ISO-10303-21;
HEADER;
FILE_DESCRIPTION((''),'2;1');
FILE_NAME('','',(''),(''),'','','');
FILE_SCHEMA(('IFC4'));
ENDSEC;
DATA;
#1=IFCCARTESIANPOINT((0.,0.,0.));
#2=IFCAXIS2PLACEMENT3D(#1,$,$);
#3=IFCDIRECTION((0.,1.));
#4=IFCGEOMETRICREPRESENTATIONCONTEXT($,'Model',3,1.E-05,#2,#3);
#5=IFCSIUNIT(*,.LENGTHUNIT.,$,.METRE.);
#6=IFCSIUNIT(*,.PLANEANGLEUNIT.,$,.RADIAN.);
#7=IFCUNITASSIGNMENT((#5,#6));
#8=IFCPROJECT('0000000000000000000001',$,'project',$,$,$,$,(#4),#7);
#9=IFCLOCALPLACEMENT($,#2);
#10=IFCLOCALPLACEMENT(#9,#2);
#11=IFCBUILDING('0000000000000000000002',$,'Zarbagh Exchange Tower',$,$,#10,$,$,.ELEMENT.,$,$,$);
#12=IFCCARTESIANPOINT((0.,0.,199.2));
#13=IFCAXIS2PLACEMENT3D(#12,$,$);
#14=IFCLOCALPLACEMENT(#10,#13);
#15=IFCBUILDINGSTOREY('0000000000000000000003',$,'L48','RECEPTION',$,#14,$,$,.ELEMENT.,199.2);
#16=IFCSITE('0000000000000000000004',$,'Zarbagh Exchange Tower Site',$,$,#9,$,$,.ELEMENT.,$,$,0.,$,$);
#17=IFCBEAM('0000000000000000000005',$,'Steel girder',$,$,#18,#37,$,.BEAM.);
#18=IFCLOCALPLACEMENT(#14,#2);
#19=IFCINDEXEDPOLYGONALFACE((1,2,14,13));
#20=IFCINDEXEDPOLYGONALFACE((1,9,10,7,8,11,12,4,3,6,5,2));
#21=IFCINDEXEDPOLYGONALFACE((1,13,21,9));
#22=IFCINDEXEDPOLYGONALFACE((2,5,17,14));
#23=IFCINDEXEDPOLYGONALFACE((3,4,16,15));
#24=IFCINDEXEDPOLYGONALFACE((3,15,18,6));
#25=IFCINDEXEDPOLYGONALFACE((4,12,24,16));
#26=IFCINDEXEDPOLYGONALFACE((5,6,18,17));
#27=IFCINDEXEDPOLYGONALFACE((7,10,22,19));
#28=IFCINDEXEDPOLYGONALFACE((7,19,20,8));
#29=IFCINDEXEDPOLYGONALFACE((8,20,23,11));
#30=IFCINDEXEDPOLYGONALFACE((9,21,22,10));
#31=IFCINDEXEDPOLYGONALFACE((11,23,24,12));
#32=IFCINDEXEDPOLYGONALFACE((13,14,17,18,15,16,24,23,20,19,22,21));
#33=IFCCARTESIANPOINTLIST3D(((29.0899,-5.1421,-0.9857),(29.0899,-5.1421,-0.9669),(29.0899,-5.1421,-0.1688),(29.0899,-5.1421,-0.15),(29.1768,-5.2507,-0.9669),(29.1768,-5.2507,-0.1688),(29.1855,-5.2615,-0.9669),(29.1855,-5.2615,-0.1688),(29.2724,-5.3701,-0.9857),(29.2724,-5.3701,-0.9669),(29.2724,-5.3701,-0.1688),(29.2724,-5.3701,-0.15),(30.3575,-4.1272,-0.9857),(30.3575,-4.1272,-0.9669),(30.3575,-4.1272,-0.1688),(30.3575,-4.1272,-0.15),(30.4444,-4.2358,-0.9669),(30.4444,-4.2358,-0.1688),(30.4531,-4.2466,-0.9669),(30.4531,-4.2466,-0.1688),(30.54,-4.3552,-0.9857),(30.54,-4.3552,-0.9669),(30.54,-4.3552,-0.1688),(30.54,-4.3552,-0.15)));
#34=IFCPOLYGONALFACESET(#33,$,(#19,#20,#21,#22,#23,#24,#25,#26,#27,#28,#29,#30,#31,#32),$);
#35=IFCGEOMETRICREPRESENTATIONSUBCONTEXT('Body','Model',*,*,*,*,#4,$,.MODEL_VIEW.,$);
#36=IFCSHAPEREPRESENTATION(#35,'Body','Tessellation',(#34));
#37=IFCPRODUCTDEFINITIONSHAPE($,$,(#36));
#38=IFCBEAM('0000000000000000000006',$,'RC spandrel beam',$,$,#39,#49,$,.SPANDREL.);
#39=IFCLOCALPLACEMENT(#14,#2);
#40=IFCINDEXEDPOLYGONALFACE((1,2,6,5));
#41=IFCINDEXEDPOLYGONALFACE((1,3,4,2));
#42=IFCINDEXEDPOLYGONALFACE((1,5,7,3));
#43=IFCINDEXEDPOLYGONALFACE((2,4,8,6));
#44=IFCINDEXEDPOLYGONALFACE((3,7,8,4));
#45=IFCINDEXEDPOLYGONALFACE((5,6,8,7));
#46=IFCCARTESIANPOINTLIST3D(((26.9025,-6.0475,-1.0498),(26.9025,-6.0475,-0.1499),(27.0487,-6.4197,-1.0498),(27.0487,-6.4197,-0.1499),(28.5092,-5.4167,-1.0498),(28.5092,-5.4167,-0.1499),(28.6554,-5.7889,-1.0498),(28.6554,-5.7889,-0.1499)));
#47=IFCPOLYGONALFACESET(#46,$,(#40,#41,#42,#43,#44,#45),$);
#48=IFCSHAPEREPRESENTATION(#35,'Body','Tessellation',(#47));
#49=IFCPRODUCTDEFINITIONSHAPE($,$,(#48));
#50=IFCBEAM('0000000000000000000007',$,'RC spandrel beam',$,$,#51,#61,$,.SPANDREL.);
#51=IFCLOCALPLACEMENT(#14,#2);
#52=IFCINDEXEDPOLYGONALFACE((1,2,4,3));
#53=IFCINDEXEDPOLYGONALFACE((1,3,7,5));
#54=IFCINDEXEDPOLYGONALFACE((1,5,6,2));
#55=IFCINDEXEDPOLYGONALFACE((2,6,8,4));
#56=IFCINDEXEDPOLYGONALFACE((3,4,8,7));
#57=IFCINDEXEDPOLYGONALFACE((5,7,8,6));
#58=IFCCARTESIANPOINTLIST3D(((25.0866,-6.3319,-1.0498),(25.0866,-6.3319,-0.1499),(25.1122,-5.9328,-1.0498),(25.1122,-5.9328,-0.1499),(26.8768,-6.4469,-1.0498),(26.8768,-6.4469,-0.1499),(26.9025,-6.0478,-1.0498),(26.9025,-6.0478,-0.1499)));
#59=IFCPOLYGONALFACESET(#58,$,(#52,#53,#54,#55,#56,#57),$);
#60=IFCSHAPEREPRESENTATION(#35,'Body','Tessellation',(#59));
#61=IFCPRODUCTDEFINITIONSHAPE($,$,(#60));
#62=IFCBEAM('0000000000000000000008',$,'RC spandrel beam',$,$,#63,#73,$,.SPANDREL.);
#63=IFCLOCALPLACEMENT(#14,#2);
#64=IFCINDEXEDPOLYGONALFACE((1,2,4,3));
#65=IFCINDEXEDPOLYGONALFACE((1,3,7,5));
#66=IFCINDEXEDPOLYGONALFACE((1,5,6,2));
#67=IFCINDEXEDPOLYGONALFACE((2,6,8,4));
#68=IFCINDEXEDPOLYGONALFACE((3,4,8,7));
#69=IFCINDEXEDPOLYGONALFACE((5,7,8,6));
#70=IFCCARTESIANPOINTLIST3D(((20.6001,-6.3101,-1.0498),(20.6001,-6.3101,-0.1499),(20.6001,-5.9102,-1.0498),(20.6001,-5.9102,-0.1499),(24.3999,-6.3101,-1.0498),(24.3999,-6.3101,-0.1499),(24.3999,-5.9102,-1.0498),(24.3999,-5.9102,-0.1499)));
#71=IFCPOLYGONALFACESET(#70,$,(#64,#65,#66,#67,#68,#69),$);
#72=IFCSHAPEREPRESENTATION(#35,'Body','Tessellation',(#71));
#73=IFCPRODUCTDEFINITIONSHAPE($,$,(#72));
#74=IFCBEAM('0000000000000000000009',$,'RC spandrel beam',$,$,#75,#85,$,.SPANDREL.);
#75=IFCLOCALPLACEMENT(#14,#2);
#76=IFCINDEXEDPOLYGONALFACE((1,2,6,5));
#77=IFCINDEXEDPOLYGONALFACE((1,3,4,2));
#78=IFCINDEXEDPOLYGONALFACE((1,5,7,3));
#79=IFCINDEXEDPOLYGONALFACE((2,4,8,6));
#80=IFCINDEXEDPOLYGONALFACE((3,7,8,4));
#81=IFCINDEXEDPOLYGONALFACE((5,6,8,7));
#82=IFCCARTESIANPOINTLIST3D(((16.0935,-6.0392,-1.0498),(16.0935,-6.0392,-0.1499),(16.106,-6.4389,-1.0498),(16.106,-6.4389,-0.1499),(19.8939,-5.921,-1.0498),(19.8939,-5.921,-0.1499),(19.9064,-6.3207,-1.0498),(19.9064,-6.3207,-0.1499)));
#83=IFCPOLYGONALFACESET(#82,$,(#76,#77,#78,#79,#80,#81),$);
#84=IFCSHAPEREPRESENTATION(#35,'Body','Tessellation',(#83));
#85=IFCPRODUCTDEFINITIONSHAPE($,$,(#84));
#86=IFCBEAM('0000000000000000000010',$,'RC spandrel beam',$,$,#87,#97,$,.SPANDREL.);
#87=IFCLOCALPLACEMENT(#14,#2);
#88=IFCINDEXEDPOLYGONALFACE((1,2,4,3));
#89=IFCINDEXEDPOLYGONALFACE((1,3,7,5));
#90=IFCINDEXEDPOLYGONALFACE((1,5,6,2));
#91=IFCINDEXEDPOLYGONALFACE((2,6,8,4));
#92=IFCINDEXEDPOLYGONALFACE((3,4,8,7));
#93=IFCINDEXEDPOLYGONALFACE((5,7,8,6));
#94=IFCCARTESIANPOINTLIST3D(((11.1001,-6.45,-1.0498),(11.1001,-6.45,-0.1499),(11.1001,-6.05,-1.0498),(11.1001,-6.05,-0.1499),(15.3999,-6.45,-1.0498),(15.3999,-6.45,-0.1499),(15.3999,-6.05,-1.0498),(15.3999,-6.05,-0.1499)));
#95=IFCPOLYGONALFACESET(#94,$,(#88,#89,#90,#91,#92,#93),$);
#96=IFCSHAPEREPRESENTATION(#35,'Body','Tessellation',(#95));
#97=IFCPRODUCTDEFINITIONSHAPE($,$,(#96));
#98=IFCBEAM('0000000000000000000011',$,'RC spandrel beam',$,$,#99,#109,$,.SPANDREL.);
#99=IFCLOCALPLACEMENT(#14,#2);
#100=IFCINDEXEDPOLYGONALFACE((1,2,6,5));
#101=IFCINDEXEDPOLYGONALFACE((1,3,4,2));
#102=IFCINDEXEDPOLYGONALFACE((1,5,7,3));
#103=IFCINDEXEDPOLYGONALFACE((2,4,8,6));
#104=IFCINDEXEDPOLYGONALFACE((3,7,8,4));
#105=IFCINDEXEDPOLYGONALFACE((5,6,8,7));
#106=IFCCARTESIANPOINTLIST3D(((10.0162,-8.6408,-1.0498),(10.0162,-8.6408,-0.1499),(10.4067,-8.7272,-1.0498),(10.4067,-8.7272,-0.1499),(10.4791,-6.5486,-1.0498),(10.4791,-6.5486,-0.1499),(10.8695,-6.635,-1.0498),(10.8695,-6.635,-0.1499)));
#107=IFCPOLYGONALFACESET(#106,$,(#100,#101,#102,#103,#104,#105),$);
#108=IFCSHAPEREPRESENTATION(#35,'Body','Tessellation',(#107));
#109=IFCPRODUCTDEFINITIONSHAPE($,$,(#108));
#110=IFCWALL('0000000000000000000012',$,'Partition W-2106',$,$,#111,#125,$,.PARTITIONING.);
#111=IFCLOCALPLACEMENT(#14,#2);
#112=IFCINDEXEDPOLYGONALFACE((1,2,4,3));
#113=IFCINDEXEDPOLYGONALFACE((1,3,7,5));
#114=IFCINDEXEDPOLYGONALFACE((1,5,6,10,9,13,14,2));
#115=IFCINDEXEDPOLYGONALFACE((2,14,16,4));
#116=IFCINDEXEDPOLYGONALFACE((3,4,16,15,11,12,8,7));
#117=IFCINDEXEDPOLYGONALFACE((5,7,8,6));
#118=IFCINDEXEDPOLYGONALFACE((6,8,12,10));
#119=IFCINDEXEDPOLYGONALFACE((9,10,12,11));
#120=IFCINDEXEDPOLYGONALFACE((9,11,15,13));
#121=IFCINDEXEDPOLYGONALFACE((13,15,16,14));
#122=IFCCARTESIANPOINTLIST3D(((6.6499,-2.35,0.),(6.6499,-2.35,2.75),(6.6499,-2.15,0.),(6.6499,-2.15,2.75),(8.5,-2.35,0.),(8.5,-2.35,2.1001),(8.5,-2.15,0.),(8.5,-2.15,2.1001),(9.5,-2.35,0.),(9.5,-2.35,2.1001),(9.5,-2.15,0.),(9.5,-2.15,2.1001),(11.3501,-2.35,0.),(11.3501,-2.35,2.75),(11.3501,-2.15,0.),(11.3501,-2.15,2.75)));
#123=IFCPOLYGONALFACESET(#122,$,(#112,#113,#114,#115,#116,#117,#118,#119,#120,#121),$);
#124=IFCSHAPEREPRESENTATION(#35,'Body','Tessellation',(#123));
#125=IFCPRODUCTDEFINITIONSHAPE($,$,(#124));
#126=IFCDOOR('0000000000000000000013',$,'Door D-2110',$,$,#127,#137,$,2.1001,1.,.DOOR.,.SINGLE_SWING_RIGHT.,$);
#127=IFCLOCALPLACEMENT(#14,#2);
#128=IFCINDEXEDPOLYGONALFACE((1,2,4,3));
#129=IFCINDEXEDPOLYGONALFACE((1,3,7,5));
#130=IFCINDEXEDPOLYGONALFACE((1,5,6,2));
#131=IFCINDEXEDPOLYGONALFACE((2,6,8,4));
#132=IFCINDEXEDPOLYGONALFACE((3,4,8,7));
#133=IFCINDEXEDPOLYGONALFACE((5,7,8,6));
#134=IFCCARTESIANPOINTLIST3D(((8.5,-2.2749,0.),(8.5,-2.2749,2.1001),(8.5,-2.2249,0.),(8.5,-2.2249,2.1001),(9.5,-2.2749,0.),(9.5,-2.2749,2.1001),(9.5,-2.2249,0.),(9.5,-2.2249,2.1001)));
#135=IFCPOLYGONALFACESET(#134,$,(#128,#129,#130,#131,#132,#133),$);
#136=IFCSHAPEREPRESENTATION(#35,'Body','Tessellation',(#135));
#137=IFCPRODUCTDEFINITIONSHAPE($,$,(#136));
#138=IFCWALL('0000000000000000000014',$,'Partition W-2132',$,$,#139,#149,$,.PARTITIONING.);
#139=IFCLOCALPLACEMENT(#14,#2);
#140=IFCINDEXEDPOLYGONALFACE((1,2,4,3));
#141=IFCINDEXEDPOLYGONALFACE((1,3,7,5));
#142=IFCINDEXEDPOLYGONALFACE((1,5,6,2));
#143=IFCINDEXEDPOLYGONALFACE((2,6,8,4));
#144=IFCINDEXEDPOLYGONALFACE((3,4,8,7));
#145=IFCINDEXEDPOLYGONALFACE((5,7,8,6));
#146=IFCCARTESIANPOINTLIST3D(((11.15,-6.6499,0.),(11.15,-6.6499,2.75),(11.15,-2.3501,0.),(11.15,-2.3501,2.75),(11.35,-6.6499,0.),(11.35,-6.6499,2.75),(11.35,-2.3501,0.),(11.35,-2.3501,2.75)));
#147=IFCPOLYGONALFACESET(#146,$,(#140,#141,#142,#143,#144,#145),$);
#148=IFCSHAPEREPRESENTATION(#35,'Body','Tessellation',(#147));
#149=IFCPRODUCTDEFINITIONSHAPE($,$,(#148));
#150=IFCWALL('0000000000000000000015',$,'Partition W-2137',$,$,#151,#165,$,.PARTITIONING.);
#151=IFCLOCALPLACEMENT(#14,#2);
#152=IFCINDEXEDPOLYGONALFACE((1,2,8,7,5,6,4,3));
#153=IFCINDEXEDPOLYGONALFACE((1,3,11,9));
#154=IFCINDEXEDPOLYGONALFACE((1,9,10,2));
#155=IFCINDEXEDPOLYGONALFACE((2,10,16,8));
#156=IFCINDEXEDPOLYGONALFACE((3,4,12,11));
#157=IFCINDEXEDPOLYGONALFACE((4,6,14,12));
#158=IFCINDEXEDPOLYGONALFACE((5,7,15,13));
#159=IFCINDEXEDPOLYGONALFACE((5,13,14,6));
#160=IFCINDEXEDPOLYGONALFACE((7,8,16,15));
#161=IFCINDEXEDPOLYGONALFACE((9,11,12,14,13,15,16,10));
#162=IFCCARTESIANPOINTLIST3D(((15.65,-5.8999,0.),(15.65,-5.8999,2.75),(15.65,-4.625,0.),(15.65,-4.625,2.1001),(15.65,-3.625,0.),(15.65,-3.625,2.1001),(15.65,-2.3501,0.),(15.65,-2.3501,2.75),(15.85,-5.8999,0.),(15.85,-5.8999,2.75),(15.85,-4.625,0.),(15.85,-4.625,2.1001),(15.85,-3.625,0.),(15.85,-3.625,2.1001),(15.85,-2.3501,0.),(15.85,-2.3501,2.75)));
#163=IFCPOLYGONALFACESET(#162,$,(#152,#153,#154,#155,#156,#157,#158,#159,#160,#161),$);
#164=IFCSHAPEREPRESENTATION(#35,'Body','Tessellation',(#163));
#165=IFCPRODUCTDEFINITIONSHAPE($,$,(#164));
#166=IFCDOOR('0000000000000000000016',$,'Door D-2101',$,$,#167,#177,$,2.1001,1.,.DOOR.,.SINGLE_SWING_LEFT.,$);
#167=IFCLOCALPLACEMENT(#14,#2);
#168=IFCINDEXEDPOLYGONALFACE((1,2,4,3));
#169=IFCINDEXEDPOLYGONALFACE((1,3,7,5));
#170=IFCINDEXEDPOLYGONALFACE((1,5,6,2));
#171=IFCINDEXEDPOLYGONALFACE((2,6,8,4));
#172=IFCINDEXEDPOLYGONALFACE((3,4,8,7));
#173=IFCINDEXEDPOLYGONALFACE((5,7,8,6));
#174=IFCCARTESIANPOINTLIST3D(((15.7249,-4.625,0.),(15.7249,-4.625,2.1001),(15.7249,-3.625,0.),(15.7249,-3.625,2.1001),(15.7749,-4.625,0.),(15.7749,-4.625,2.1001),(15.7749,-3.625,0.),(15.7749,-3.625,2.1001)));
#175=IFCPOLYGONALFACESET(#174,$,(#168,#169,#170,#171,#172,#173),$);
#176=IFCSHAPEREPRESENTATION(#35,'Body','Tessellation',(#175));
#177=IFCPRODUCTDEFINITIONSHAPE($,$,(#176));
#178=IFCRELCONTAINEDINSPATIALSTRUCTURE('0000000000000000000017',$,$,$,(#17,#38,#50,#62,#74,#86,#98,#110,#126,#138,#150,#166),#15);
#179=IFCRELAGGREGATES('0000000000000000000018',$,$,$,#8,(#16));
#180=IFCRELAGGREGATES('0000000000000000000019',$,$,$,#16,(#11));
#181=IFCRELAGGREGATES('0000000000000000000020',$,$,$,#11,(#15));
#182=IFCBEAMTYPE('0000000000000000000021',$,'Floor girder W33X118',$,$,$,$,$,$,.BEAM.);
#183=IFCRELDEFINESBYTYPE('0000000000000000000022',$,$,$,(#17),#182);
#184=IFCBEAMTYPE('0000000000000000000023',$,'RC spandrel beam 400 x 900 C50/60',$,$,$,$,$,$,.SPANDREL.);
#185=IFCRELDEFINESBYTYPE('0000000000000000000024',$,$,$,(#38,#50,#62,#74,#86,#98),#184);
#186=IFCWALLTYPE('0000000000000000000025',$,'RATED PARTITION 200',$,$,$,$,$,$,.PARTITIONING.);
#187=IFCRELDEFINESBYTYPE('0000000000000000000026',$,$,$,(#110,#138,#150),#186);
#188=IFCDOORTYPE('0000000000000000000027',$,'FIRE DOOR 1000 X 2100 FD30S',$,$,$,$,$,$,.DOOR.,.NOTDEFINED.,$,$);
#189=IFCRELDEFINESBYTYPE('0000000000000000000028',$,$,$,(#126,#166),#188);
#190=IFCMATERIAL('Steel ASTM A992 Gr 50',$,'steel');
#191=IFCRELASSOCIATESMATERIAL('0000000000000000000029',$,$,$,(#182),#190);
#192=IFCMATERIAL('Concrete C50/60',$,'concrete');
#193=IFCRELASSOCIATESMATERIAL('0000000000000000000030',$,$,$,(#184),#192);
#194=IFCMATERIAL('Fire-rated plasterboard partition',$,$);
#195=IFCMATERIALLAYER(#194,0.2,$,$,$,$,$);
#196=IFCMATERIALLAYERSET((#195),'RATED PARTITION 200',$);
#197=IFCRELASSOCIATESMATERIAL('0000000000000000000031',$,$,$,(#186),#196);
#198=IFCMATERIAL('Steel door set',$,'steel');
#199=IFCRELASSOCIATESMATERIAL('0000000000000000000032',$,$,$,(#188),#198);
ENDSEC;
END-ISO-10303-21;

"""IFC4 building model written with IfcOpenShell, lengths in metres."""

from ifc_helpers import new_model, si_unit, direction, frame, frame_2d, origin, origin_2d, place, context, subcontext, project, spatial, rectangle, i_section, extrude, material, layer, layer_set, material_profile, profile_set, type_object, element, fill, save


model = new_model("IFC4")

# Units and contexts
model_context = context("Model", 3, precision=1e-05, world=origin(), true_north=direction((0.0, 1.0)))
body_context = subcontext(model_context, "Body", "Model", "MODEL_VIEW")
ifc_project = project(units=[si_unit("LENGTHUNIT", "METRE"), si_unit("PLANEANGLEUNIT", "RADIAN")], contexts=[model_context])

# Site, building, storey
site_placement = place(None, origin())
site = spatial("IfcSite", under=ifc_project, at=site_placement, Name="Zarbagh Exchange Tower Site", CompositionType="ELEMENT", RefElevation=0.0)
building_placement = place(site_placement, origin())
building = spatial("IfcBuilding", under=site, at=building_placement, Name="Zarbagh Exchange Tower", CompositionType="ELEMENT")
storey_placement = place(building_placement, frame((0.0, 0.0, 199.2)))
storey = spatial("IfcBuildingStorey", under=building, at=storey_placement, Name="L48", Description="RECEPTION", CompositionType="ELEMENT", Elevation=199.2)

# Shared definitions
ifc_material_1 = material(Name="Concrete C50/60", Category="concrete")

# Beams
ifc_material_2 = material(Name="Steel ASTM A992 Gr 50", Category="steel")
ifc_material_profile_1 = material_profile(ifc_material_2, i_section(OverallWidth=0.292, OverallDepth=0.8357, WebThickness=0.0139, FlangeThickness=0.0188, at=origin_2d()), Name="W33X118")
ifc_profile_set_1 = profile_set([ifc_material_profile_1], Name="Steel ASTM A992 Gr 50")
beam_type_1 = type_object("IfcBeamType", Name="Floor girder W33X118", PredefinedType="BEAM", material=ifc_profile_set_1)
beam_1_placement = place(storey_placement, frame((30.4487, -4.2412, -0.5679), z_axis=(-0.780619, -0.625007, 0.0), x_axis=(0.625007, -0.780619, 0.0)))
element("IfcBeam", 1, at=beam_1_placement, inside=storey, type_object=beam_type_1, Name="Steel girder", PredefinedType="BEAM", context=body_context, shape_type="SweptSolid", body=[
    extrude(i_section(OverallWidth=0.292, OverallDepth=0.8357, WebThickness=0.0139, FlangeThickness=0.0188, at=origin_2d()), origin(), (0.0, 0.0, 1.0), 1.6238),
])
ifc_material_profile_2 = material_profile(ifc_material_1, rectangle(XDim=0.3999, YDim=0.8999, at=origin_2d()), Name="RC spandrel beam 400 x 900 C50/60")
ifc_profile_set_2 = profile_set([ifc_material_profile_2], Name="Concrete C50/60")
beam_type_2 = type_object("IfcBeamType", Name="RC spandrel beam 400 x 900 C50/60", PredefinedType="SPANDREL", material=ifc_profile_set_2)
beam_2_placement = place(storey_placement, frame((28.5823, -5.6028, -0.5999), z_axis=(-0.930819, -0.365482, 0.0), x_axis=(0.365482, -0.930819, 0.0)))
element("IfcBeam", 2, at=beam_2_placement, inside=storey, type_object=beam_type_2, Name="RC spandrel beam", PredefinedType="SPANDREL", context=body_context, shape_type="SweptSolid", body=[
    extrude(rectangle(XDim=0.3999, YDim=0.8999, at=origin_2d()), origin(), (0.0, 0.0, 1.0), 1.7261),
])
beam_3_placement = place(storey_placement, frame((26.8896, -6.2473, -0.5999), z_axis=(-0.997944, 0.064098, 0.0), x_axis=(-0.064098, -0.997944, 0.0)))
element("IfcBeam", 3, at=beam_3_placement, inside=storey, type_object=beam_type_2, Name="RC spandrel beam", PredefinedType="SPANDREL", context=body_context, shape_type="SweptSolid", body=[
    extrude(rectangle(XDim=0.3999, YDim=0.8999, at=origin_2d()), origin(), (0.0, 0.0, 1.0), 1.7939),
])
beam_4_placement = place(storey_placement, frame((24.3999, -6.1101, -0.5999), z_axis=(-1.0, 0.0, 0.0), x_axis=(0.0, -1.0, 0.0)))
element("IfcBeam", 4, at=beam_4_placement, inside=storey, type_object=beam_type_2, Name="RC spandrel beam", PredefinedType="SPANDREL", context=body_context, shape_type="SweptSolid", body=[
    extrude(rectangle(XDim=0.3999, YDim=0.8999, at=origin_2d()), origin(), (0.0, 0.0, 1.0), 3.7998),
])
beam_5_placement = place(storey_placement, frame((19.9001, -6.1208, -0.5999), z_axis=(-0.999517, -0.031078, 0.0), x_axis=(0.031078, -0.999517, 0.0)))
element("IfcBeam", 5, at=beam_5_placement, inside=storey, type_object=beam_type_2, Name="RC spandrel beam", PredefinedType="SPANDREL", context=body_context, shape_type="SweptSolid", body=[
    extrude(rectangle(XDim=0.3999, YDim=0.8999, at=origin_2d()), origin(), (0.0, 0.0, 1.0), 3.8022),
])
beam_6_placement = place(storey_placement, frame((15.3999, -6.25, -0.5999), z_axis=(-1.0, 0.0, 0.0), x_axis=(0.0, -1.0, 0.0)))
element("IfcBeam", 6, at=beam_6_placement, inside=storey, type_object=beam_type_2, Name="RC spandrel beam", PredefinedType="SPANDREL", context=body_context, shape_type="SweptSolid", body=[
    extrude(rectangle(XDim=0.3999, YDim=0.8999, at=origin_2d()), origin(), (0.0, 0.0, 1.0), 4.2998),
])
beam_7_placement = place(storey_placement, frame((10.6743, -6.5918, -0.5999), z_axis=(-0.216014, -0.97639, 0.0), x_axis=(0.97639, -0.216014, 0.0)))
element("IfcBeam", 7, at=beam_7_placement, inside=storey, type_object=beam_type_2, Name="RC spandrel beam", PredefinedType="SPANDREL", context=body_context, shape_type="SweptSolid", body=[
    extrude(rectangle(XDim=0.3999, YDim=0.8999, at=origin_2d()), origin(), (0.0, 0.0, 1.0), 2.1428),
])

# Wall, opening, door
ifc_material_3 = material(Name="Fire-rated plasterboard partition")
ifc_layer = layer(ifc_material_3, 0.2)
ifc_layer_set = layer_set([ifc_layer], Name="RATED PARTITION 200")
wall_type = type_object("IfcWallType", Name="RATED PARTITION 200", PredefinedType="PARTITIONING", material=ifc_layer_set)
wall_1_placement = place(storey_placement, frame((11.3501, -2.25, 0.0), z_axis=(0.0, 0.0, 1.0), x_axis=(-1.0, 0.0, 0.0)))
wall_1 = element("IfcWall", 8, at=wall_1_placement, inside=storey, type_object=wall_type, Name="Partition W-2106", PredefinedType="PARTITIONING", context=body_context, shape_type="SweptSolid", body=[
    extrude(rectangle(XDim=4.7002, YDim=0.2, at=frame_2d((2.3501, 0.0))), origin(), (0.0, 0.0, 1.0), 2.75),
])
opening_1_placement = place(wall_1_placement, frame((1.8501, 0.0, 0.0)))
opening_1 = element("IfcOpeningElement", 9, at=opening_1_placement, cuts=wall_1, PredefinedType="OPENING", context=body_context, shape_type="SweptSolid", body=[
    extrude(rectangle(XDim=1.0, YDim=2.1001, at=frame_2d((0.5, 1.05))), frame((0.0, 0.1099, 0.0), z_axis=(0.0, -1.0, 0.0), x_axis=(1.0, 0.0, 0.0)), (0.0, 0.0, 1.0), 0.22),
])
ifc_material_4 = material(Name="Steel door set", Category="steel")
door_type = type_object("IfcDoorType", Name="FIRE DOOR 1000 X 2100 FD30S", OperationType="NOTDEFINED", PredefinedType="DOOR", material=ifc_material_4)
door_1_placement = place(opening_1_placement, origin())
door_1 = element("IfcDoor", 10, at=door_1_placement, inside=storey, type_object=door_type, Name="Door D-2110", OperationType="SINGLE_SWING_RIGHT", OverallHeight=2.1001, OverallWidth=1.0, PredefinedType="DOOR", context=body_context, shape_type="SweptSolid", body=[
    extrude(rectangle(XDim=1.0, YDim=2.1001, at=frame_2d((0.5, 1.05))), frame((0.0, 0.0249, 0.0), z_axis=(0.0, -1.0, 0.0), x_axis=(1.0, 0.0, 0.0)), (0.0, 0.0, 1.0), 0.05),
])
fill(opening_1, door_1)

# Wall
wall_2_placement = place(storey_placement, frame((11.25, -6.6499, 0.0), z_axis=(0.0, 0.0, 1.0), x_axis=(0.0, 1.0, 0.0)))
element("IfcWall", 11, at=wall_2_placement, inside=storey, type_object=wall_type, Name="Partition W-2132", PredefinedType="PARTITIONING", context=body_context, shape_type="SweptSolid", body=[
    extrude(rectangle(XDim=4.2998, YDim=0.2, at=frame_2d((2.1499, 0.0))), origin(), (0.0, 0.0, 1.0), 2.75),
])

# Wall, opening, door
wall_3_placement = place(storey_placement, frame((15.75, -2.3501, 0.0), z_axis=(0.0, 0.0, 1.0), x_axis=(0.0, -1.0, 0.0)))
wall_3 = element("IfcWall", 12, at=wall_3_placement, inside=storey, type_object=wall_type, Name="Partition W-2137", PredefinedType="PARTITIONING", context=body_context, shape_type="SweptSolid", body=[
    extrude(rectangle(XDim=3.5498, YDim=0.2, at=frame_2d((1.7749, 0.0))), origin(), (0.0, 0.0, 1.0), 2.75),
])
opening_2_placement = place(wall_3_placement, frame((1.2749, 0.0, 0.0)))
opening_2 = element("IfcOpeningElement", 13, at=opening_2_placement, cuts=wall_3, PredefinedType="OPENING", context=body_context, shape_type="SweptSolid", body=[
    extrude(rectangle(XDim=1.0, YDim=2.1001, at=frame_2d((0.5, 1.05))), frame((0.0, 0.1099, 0.0), z_axis=(0.0, -1.0, 0.0), x_axis=(1.0, 0.0, 0.0)), (0.0, 0.0, 1.0), 0.22),
])
door_2_placement = place(opening_2_placement, origin())
door_2 = element("IfcDoor", 14, at=door_2_placement, inside=storey, type_object=door_type, Name="Door D-2101", OperationType="SINGLE_SWING_LEFT", OverallHeight=2.1001, OverallWidth=1.0, PredefinedType="DOOR", context=body_context, shape_type="SweptSolid", body=[
    extrude(rectangle(XDim=1.0, YDim=2.1001, at=frame_2d((0.5, 1.05))), frame((0.0, 0.0249, 0.0), z_axis=(0.0, -1.0, 0.0), x_axis=(1.0, 0.0, 0.0)), (0.0, 0.0, 1.0), 0.05),
])
fill(opening_2, door_2)

save(model, "model.ifc")
